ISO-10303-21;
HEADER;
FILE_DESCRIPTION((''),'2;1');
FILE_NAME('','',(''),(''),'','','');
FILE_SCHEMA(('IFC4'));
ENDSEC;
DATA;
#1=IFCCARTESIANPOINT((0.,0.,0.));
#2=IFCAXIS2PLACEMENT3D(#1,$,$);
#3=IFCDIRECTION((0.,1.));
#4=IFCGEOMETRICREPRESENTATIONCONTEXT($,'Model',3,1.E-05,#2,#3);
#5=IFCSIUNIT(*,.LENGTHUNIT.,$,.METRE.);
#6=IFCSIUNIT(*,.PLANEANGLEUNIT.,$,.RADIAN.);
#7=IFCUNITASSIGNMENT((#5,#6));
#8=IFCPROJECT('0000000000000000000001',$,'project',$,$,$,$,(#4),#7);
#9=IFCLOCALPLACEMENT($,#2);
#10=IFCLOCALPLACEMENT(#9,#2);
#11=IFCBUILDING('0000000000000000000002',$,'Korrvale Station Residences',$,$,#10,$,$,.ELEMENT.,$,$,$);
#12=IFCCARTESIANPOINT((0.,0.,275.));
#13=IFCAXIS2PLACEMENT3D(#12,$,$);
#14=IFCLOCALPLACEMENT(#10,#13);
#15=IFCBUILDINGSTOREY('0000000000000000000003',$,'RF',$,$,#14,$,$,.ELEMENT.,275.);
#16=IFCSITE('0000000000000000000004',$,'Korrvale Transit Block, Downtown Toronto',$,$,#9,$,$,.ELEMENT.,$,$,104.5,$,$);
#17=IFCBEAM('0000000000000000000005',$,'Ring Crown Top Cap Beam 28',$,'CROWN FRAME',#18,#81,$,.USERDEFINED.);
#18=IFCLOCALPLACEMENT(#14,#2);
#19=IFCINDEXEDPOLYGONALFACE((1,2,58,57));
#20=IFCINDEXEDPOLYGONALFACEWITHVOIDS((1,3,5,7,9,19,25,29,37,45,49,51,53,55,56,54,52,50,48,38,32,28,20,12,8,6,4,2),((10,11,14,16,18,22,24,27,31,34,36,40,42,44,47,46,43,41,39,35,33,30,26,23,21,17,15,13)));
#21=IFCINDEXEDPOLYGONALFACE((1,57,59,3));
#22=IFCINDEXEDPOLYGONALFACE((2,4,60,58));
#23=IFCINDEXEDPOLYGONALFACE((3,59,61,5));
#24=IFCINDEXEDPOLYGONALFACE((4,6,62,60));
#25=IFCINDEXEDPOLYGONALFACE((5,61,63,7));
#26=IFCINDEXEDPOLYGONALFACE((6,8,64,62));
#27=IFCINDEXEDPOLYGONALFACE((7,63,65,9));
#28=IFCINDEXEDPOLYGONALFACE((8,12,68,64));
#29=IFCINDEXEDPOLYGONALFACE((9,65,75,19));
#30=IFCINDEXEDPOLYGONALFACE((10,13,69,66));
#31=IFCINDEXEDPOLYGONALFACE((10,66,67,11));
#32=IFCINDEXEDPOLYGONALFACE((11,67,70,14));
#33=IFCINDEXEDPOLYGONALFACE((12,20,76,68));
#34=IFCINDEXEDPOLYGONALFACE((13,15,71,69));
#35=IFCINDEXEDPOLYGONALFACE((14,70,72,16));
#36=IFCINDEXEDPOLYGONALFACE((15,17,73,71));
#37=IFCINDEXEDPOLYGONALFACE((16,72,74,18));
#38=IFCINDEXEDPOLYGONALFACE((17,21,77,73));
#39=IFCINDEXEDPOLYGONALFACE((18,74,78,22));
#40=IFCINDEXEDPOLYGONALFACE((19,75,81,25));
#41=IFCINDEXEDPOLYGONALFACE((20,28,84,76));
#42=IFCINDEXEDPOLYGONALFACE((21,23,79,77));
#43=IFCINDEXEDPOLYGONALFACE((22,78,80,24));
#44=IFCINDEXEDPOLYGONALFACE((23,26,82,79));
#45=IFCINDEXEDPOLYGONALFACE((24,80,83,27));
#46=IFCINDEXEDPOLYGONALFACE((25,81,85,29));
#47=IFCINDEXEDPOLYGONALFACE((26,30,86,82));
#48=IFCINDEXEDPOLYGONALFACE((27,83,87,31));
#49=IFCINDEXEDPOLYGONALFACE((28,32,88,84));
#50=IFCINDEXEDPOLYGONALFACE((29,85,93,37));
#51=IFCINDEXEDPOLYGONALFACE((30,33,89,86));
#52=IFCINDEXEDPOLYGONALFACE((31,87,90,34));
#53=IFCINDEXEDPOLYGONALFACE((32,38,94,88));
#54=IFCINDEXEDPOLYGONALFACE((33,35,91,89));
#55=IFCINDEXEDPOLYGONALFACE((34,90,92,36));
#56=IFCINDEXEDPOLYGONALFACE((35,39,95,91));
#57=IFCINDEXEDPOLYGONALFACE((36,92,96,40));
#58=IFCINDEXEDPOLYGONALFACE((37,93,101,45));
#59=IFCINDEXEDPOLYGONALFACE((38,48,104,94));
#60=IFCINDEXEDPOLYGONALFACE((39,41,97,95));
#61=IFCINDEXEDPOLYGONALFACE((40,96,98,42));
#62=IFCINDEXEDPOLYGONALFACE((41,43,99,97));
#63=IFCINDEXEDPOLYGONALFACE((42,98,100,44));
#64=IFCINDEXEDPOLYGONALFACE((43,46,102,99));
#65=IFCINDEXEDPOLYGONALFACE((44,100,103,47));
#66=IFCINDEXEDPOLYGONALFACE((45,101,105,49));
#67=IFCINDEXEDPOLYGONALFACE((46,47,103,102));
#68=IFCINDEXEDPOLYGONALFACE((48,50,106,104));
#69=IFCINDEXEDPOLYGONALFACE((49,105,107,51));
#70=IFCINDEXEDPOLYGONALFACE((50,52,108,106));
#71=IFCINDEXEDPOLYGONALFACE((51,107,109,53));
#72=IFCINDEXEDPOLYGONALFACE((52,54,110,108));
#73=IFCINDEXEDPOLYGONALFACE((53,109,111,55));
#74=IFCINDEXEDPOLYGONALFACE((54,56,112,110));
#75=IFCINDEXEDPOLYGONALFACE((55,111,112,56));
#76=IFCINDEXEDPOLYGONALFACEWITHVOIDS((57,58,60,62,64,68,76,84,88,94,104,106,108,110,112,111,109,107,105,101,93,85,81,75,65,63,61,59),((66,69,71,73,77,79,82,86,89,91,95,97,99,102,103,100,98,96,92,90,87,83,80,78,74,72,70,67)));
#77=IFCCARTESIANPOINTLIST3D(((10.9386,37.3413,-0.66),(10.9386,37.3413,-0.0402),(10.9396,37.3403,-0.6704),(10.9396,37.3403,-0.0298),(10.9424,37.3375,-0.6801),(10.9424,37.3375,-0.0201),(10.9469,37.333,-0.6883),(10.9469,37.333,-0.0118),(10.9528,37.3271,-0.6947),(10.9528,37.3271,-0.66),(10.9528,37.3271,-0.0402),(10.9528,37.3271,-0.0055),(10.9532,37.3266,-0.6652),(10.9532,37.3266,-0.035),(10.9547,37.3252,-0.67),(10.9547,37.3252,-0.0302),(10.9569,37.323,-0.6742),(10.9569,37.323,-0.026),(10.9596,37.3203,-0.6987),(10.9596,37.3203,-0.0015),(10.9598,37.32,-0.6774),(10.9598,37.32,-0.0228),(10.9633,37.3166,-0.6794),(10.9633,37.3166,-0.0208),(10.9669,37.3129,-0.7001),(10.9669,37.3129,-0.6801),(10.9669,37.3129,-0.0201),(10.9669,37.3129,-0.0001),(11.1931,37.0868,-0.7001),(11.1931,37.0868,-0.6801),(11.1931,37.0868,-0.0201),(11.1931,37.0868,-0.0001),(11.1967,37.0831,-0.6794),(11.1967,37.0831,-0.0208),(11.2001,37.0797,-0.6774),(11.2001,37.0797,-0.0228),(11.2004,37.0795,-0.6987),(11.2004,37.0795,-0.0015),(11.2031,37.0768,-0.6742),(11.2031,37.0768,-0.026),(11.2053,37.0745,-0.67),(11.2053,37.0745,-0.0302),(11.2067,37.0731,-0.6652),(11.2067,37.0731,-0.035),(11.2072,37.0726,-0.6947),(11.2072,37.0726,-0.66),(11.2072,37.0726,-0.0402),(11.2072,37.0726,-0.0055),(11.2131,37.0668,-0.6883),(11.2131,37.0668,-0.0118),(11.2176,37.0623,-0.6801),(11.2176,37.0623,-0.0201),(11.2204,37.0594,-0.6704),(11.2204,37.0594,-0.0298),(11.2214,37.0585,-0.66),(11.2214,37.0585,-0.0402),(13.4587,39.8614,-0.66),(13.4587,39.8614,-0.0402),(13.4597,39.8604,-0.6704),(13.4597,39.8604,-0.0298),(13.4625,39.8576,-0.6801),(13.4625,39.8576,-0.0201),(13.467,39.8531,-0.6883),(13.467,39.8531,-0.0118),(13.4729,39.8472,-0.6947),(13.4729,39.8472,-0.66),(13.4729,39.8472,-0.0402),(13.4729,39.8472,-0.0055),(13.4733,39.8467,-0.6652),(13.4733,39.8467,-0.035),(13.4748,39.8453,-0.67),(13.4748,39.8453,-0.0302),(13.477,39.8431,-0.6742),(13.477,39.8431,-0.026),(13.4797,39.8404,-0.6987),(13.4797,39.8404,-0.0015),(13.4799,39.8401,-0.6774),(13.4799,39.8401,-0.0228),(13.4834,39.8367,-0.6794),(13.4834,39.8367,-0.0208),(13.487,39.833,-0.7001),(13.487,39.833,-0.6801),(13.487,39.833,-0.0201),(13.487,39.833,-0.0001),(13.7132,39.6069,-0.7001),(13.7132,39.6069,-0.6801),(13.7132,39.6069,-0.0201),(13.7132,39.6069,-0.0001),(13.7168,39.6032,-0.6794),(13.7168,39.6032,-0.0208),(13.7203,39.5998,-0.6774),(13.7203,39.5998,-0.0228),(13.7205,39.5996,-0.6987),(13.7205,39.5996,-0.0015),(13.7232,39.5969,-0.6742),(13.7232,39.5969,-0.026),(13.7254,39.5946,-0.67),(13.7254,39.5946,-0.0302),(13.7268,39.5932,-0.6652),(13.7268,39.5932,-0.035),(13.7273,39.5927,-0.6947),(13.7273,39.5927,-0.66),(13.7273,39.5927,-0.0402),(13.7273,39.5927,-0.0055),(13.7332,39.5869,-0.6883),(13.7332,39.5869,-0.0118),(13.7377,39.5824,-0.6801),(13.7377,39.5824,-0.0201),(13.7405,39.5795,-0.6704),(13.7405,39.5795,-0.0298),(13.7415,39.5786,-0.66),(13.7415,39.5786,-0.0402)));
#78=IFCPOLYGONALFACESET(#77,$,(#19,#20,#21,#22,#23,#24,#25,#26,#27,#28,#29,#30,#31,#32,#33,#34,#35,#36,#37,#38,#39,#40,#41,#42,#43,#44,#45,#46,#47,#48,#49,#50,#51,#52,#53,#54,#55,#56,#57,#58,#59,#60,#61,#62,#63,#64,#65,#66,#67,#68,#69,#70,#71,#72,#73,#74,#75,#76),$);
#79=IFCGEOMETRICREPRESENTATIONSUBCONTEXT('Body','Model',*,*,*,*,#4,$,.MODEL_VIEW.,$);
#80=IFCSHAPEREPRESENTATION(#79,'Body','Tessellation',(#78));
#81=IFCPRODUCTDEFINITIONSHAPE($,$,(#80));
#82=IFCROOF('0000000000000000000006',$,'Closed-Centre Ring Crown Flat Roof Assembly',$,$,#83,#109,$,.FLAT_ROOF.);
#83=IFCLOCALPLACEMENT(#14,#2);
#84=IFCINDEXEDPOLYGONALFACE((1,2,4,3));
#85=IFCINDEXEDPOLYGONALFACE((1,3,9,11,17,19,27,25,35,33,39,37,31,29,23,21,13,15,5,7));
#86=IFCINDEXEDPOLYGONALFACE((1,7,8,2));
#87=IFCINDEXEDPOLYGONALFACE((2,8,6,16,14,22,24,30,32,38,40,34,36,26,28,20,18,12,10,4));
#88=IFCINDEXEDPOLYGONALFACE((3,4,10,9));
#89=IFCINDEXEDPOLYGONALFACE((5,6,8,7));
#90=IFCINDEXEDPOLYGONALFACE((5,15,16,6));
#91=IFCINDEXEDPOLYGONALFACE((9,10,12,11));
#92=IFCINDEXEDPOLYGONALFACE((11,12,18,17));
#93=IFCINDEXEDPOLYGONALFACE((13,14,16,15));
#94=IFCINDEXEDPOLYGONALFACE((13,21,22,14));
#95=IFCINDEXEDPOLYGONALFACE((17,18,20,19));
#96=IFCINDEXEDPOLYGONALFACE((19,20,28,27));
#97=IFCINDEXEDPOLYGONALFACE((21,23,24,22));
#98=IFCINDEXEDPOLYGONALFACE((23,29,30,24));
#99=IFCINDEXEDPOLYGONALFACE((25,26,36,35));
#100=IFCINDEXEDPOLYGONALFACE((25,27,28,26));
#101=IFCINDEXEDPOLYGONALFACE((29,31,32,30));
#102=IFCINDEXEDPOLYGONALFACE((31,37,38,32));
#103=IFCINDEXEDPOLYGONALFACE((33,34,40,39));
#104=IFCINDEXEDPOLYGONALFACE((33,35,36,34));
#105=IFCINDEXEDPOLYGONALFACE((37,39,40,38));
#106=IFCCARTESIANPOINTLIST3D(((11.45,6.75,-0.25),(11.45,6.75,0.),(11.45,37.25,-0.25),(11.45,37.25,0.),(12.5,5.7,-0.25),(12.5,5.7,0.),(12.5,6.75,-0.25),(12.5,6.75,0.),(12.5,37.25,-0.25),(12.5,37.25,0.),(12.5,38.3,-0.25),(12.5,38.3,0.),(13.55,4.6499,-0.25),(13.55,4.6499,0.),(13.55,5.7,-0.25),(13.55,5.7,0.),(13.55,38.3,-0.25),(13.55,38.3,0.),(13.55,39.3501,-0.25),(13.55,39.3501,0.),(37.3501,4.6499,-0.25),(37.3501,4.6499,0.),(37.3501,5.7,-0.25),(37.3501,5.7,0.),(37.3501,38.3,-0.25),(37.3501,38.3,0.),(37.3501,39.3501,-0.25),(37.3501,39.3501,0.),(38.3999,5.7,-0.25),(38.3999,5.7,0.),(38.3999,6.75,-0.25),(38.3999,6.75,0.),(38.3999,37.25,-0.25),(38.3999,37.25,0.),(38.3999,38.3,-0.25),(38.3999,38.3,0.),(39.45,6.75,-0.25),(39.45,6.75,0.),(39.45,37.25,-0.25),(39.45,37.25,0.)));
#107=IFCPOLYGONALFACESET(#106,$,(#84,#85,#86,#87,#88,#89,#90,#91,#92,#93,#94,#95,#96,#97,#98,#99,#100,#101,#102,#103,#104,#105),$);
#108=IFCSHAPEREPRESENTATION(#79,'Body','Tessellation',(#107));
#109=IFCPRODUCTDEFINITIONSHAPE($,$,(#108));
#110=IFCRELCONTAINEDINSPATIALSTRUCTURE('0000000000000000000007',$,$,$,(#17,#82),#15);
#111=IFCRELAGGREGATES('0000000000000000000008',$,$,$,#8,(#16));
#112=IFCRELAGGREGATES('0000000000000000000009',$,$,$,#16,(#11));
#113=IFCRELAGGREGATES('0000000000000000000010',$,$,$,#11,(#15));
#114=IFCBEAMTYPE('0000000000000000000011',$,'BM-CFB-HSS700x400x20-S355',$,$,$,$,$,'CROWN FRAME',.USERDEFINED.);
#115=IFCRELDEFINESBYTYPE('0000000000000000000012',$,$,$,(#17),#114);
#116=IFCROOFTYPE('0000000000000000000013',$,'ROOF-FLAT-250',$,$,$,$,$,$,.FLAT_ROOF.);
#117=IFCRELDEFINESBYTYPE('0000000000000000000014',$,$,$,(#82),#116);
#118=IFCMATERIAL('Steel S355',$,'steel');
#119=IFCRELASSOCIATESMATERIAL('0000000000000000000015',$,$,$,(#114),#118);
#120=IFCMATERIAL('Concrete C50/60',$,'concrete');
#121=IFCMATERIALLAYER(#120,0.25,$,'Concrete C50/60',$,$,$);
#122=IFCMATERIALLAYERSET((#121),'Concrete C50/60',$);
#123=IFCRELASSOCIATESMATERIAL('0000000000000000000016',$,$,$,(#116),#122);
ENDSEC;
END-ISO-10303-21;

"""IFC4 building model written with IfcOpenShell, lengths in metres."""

from ifc_helpers import new_model, si_unit, direction, frame, origin, origin_2d, place, context, subcontext, project, spatial, polyline, hollow_rectangle, outline, extrude, material, layer, layer_set, material_profile, profile_set, type_object, element, save


model = new_model("IFC4")

# Units and contexts
model_context = context("Model", 3, precision=1e-05, world=origin(), true_north=direction((0.0, 1.0)))
body_context = subcontext(model_context, "Body", "Model", "MODEL_VIEW")
ifc_project = project(units=[si_unit("LENGTHUNIT", "METRE"), si_unit("PLANEANGLEUNIT", "RADIAN")], contexts=[model_context])

# Site, building, storey
site_placement = place(None, origin())
site = spatial("IfcSite", under=ifc_project, at=site_placement, Name="Korrvale Transit Block, Downtown Toronto", CompositionType="ELEMENT", RefElevation=104.5)
building_placement = place(site_placement, origin())
building = spatial("IfcBuilding", under=site, at=building_placement, Name="Korrvale Station Residences", CompositionType="ELEMENT")
storey_placement = place(building_placement, frame((0.0, 0.0, 275.0)))
storey = spatial("IfcBuildingStorey", under=building, at=storey_placement, Name="RF", CompositionType="ELEMENT", Elevation=275.0)

# Beam
ifc_material_1 = material(Name="Steel S355", Category="steel")
ifc_material_profile = material_profile(ifc_material_1, hollow_rectangle(XDim=0.3999, YDim=0.7, WallThickness=0.02, InnerFilletRadius=0.02, OuterFilletRadius=0.04, at=origin_2d()), Name="HSS700x400x20")
ifc_profile_set = profile_set([ifc_material_profile], Name="Steel S355")
beam_type = type_object("IfcBeamType", Name="BM-CFB-HSS700x400x20-S355", ElementType="CROWN FRAME", PredefinedType="USERDEFINED", material=ifc_profile_set)
for number, where, z_axis, x_axis, name in (
    (1, (13.6001, 39.72, -0.3501), (-0.707107, -0.707107, 0.0), (0.707107, -0.707107, 0.0), "Ring Crown Top Cap Beam 28"),
):
    element("IfcBeam", number, at=place(storey_placement, frame(where, z_axis=z_axis, x_axis=x_axis)), inside=storey, type_object=beam_type, Name=name, ObjectType="CROWN FRAME", PredefinedType="USERDEFINED", context=body_context, shape_type="SweptSolid", body=[
        extrude(hollow_rectangle(XDim=0.3999, YDim=0.7, WallThickness=0.02, InnerFilletRadius=0.02, OuterFilletRadius=0.04, at=origin_2d()), origin(), (0.0, 0.0, 1.0), 3.564),
    ])

# Roof
ifc_material_2 = material(Name="Concrete C50/60", Category="concrete")
ifc_layer = layer(ifc_material_2, 0.25, Name="Concrete C50/60")
ifc_layer_set = layer_set([ifc_layer], Name="Concrete C50/60")
roof_type = type_object("IfcRoofType", Name="ROOF-FLAT-250", PredefinedType="FLAT_ROOF", material=ifc_layer_set)
roof_placement = place(storey_placement, frame((0.0, 0.0, -0.25)))
element("IfcRoof", 2, at=roof_placement, inside=storey, type_object=roof_type, Name="Closed-Centre Ring Crown Flat Roof Assembly", PredefinedType="FLAT_ROOF", context=body_context, shape_type="SweptSolid", body=[
    extrude(outline(polyline([(13.55, 4.6499), (37.3501, 4.6499), (37.3501, 5.7), (38.3999, 5.7), (38.3999, 6.75), (39.45, 6.75), (39.45, 37.25), (38.3999, 37.25), (38.3999, 38.3), (37.3501, 38.3), (37.3501, 39.3501), (13.55, 39.3501), (13.55, 38.3), (12.5, 38.3), (12.5, 37.25), (11.45, 37.25), (11.45, 6.75), (12.5, 6.75), (12.5, 5.7), (13.55, 5.7), (13.55, 4.6499)])), origin(), (0.0, 0.0, 1.0), 0.25),
])

save(model, "model.ifc")
